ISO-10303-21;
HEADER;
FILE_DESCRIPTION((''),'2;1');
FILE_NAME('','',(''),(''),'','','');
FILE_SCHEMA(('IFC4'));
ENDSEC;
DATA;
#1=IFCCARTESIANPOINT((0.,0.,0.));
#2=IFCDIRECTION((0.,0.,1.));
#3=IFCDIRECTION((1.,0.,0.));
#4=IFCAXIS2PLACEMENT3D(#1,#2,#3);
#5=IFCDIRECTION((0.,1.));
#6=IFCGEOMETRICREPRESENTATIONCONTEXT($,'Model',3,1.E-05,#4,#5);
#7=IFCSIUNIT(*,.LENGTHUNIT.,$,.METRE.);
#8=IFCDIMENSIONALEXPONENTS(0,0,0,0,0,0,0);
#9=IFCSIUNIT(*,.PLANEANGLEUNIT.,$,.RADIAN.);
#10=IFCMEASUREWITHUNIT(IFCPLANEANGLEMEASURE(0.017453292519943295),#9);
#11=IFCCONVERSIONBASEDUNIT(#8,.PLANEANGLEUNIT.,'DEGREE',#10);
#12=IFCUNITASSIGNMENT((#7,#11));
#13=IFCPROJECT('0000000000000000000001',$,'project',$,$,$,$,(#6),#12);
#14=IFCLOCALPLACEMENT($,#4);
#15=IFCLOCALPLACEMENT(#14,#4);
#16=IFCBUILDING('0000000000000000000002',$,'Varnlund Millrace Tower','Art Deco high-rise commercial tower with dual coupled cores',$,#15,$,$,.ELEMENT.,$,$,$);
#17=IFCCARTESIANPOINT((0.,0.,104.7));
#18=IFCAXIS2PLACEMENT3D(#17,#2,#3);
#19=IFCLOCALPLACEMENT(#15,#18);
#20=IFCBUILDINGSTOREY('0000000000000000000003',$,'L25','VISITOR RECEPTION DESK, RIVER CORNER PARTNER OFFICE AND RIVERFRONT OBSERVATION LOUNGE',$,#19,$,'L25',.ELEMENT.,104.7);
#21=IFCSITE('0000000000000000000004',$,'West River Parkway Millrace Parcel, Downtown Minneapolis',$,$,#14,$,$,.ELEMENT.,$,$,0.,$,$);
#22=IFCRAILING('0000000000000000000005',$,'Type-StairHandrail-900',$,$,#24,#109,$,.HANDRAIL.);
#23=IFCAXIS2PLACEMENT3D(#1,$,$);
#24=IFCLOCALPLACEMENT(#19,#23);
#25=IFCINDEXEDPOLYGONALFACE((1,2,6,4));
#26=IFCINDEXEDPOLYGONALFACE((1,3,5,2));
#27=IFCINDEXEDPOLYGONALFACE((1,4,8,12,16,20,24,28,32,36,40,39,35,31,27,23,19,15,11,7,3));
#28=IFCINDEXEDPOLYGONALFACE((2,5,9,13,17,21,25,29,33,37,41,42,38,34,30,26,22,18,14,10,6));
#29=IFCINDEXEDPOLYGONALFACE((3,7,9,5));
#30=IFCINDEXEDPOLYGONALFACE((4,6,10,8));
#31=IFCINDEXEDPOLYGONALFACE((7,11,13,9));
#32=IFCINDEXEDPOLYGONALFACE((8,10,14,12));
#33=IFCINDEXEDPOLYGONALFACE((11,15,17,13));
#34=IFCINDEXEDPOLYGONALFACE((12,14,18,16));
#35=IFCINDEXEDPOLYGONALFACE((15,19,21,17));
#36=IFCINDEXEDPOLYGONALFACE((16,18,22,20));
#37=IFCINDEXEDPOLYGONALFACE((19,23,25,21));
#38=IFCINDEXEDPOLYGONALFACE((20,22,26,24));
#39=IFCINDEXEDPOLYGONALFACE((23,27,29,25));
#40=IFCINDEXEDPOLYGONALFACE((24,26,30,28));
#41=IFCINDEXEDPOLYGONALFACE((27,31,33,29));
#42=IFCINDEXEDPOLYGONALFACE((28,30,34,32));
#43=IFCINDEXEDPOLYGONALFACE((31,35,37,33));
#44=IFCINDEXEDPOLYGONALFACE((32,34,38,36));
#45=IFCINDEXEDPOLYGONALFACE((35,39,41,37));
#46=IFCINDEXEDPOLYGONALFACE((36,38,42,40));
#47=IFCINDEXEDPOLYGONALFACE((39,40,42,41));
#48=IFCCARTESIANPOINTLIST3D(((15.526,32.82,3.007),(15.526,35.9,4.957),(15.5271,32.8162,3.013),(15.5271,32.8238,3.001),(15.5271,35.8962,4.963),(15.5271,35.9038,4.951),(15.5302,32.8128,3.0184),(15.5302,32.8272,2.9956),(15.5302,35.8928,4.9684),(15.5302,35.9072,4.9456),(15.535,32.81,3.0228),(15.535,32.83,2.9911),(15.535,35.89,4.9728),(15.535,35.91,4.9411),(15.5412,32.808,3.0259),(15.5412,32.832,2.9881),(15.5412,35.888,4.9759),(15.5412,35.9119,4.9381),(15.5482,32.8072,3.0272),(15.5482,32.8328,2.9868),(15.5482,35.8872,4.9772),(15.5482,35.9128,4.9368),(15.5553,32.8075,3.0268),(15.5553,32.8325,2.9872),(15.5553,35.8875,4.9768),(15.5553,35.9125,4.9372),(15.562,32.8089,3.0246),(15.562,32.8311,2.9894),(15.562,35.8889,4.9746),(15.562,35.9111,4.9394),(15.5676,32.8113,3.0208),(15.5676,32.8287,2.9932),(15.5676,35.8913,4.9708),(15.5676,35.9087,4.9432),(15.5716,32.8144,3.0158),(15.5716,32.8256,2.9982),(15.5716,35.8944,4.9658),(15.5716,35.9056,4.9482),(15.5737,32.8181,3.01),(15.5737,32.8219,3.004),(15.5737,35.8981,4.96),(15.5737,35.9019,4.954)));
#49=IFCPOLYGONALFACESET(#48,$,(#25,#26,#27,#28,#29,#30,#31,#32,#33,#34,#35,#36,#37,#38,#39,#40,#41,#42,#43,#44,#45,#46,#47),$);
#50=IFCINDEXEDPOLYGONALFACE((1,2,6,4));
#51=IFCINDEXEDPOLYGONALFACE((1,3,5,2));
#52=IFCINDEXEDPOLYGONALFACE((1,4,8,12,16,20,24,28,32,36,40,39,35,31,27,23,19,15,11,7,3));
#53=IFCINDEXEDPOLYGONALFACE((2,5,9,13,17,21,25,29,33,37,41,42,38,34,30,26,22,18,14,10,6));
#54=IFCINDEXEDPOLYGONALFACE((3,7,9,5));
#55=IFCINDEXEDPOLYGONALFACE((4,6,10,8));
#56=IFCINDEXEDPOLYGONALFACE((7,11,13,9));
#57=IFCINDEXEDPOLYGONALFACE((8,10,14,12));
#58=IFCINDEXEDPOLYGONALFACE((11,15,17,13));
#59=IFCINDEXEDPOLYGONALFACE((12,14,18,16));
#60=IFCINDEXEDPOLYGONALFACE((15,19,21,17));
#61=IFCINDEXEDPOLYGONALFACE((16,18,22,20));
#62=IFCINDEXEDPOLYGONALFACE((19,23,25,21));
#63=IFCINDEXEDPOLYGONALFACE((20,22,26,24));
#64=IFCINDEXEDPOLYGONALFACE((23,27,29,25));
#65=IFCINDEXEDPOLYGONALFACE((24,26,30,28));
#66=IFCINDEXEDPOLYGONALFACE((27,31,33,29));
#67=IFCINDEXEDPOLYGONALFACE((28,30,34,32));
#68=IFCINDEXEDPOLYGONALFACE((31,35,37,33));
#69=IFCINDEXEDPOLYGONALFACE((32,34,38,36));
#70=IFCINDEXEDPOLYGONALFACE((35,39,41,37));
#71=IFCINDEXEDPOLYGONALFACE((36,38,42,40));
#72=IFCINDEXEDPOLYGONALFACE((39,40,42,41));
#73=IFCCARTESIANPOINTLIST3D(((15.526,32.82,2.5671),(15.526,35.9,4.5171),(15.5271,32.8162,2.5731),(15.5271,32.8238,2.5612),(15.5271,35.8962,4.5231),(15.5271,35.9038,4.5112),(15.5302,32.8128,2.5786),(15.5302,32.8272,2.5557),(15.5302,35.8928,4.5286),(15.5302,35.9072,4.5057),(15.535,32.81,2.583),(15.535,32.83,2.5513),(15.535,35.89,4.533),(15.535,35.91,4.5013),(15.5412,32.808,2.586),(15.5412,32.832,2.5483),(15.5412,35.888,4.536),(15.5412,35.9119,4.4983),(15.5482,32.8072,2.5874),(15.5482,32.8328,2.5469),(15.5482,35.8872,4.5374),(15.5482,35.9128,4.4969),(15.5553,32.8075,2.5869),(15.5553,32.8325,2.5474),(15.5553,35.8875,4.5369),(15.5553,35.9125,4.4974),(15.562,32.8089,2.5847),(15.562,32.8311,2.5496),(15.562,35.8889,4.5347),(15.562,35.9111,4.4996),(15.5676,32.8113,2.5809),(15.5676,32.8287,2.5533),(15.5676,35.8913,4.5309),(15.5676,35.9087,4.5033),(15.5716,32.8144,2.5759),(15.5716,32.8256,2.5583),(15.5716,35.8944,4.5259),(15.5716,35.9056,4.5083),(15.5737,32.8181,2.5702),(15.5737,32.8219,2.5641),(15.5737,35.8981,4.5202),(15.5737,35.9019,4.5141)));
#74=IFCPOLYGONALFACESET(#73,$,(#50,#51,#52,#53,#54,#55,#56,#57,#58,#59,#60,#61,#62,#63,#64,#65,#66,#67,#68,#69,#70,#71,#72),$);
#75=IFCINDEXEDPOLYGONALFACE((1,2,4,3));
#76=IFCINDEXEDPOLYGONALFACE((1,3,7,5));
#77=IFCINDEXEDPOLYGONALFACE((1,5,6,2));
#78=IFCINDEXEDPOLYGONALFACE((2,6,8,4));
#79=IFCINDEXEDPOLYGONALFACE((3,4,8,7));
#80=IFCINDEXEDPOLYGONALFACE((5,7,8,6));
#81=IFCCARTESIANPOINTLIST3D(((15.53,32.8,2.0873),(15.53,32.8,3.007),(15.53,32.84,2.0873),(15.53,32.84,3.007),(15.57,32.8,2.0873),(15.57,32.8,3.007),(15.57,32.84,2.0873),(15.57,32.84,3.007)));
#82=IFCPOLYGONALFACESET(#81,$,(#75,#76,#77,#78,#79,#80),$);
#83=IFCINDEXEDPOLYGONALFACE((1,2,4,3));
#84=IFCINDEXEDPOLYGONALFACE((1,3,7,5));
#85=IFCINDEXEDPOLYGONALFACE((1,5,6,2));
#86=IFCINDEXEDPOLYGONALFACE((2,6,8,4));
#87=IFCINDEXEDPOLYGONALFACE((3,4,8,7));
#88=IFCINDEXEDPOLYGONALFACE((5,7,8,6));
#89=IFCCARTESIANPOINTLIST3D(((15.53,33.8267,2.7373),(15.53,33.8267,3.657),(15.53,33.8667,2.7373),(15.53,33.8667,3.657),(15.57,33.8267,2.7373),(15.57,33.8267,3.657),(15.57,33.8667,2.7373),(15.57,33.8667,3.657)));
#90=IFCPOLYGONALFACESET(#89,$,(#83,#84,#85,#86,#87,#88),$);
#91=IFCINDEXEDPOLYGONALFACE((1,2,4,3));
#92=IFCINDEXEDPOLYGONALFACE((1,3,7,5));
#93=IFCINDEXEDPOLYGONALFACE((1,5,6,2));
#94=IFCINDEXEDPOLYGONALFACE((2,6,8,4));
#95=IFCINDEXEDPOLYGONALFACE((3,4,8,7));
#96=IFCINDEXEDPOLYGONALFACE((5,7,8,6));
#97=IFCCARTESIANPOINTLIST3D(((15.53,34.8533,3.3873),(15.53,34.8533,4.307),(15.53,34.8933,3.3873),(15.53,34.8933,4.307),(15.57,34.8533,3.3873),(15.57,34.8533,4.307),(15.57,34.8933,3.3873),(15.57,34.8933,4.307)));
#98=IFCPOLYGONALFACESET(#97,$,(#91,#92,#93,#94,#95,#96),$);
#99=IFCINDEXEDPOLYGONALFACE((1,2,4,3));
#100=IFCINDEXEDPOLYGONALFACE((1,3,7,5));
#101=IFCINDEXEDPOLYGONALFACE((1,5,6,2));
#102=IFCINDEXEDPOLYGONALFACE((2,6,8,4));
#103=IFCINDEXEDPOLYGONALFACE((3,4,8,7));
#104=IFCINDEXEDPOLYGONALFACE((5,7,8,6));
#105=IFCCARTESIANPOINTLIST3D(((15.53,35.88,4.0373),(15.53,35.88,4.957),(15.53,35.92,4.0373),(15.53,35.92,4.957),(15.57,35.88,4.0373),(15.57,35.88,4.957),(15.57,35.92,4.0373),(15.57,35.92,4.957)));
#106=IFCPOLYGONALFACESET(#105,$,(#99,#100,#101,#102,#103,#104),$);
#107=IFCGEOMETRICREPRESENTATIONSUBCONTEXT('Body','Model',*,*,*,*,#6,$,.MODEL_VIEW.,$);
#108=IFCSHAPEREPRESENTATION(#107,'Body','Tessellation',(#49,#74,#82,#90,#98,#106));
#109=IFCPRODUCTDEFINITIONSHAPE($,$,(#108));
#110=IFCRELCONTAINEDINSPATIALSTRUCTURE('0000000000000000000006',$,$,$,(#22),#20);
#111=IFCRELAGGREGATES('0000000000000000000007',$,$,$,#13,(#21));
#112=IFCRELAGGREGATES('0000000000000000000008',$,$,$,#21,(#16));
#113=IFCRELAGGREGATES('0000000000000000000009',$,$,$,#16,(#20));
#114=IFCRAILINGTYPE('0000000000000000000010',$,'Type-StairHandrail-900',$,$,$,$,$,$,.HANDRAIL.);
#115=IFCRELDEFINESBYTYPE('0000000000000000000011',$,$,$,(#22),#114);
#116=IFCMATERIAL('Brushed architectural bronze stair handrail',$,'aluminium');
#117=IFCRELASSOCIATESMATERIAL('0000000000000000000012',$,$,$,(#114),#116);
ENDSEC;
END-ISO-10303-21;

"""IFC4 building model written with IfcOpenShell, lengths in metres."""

from ifc_helpers import new_model, entity, si_unit, converted_unit, direction, frame, origin_with_axes, origin_2d_with_axis, place, context, subcontext, project, spatial, rectangle, circle, extrude, material, type_object, element, save


model = new_model("IFC4")

# Units and contexts
model_context = context("Model", 3, precision=1e-05, world=origin_with_axes(), true_north=direction((0.0, 1.0)))
body_context = subcontext(model_context, "Body", "Model", "MODEL_VIEW")
ifc_project = project(units=[si_unit("LENGTHUNIT", "METRE"), converted_unit("PLANEANGLEUNIT", "DEGREE", entity("IfcPlaneAngleMeasure", 0.017453292519943295), si_unit("PLANEANGLEUNIT", "RADIAN"), dimensions=[0, 0, 0, 0, 0, 0, 0])], contexts=[model_context])

# Site, building, storey
site_placement = place(None, origin_with_axes())
site = spatial("IfcSite", under=ifc_project, at=site_placement, Name="West River Parkway Millrace Parcel, Downtown Minneapolis", CompositionType="ELEMENT", RefElevation=0.0)
building_placement = place(site_placement, origin_with_axes())
building = spatial("IfcBuilding", under=site, at=building_placement, Name="Varnlund Millrace Tower", Description="Art Deco high-rise commercial tower with dual coupled cores", CompositionType="ELEMENT")
storey_placement = place(building_placement, frame((0.0, 0.0, 104.7), z_axis=(0.0, 0.0, 1.0), x_axis=(1.0, 0.0, 0.0)))
storey = spatial("IfcBuildingStorey", under=building, at=storey_placement, Name="L25", Description="VISITOR RECEPTION DESK, RIVER CORNER PARTNER OFFICE AND RIVERFRONT OBSERVATION LOUNGE", LongName="L25", CompositionType="ELEMENT", Elevation=104.7)

# Railing
ifc_material_1 = material(Name="Brushed architectural bronze stair handrail", Category="aluminium")
railing_type_1 = type_object("IfcRailingType", Name="Type-StairHandrail-900", PredefinedType="HANDRAIL", material=ifc_material_1)
railing_1_placement = place(storey_placement, frame((0.0, 0.0, -104.7), z_axis=(0.0, 0.0, 1.0), x_axis=(1.0, 0.0, 0.0)))
element("IfcRailing", 1, at=railing_1_placement, inside=storey, type_object=railing_type_1, Name="Type-StairHandrail-900", PredefinedType="HANDRAIL", context=body_context, shape_type="SweptSolid", body=[
    extrude(circle(Radius=0.024, at=origin_2d_with_axis()), frame((15.55, 32.82, 107.707), z_axis=(0.0, 0.844902, 0.534922), x_axis=(-1.0, 0.0, 0.0)), (0.0, 0.0, 1.0), 3.6454),
    extrude(circle(Radius=0.024, at=origin_2d_with_axis()), frame((15.55, 32.82, 107.2671), z_axis=(0.0, 0.844902, 0.534922), x_axis=(-1.0, 0.0, 0.0)), (0.0, 0.0, 1.0), 3.6454),
    extrude(rectangle(XDim=0.04, YDim=0.04, at=origin_2d_with_axis()), frame((15.55, 32.82, 106.7873), z_axis=(0.0, 0.0, 1.0), x_axis=(1.0, 0.0, 0.0)), (0.0, 0.0, 1.0), 0.9197),
    extrude(rectangle(XDim=0.04, YDim=0.04, at=origin_2d_with_axis()), frame((15.55, 33.8467, 107.4373), z_axis=(0.0, 0.0, 1.0), x_axis=(1.0, 0.0, 0.0)), (0.0, 0.0, 1.0), 0.9197),
    extrude(rectangle(XDim=0.04, YDim=0.04, at=origin_2d_with_axis()), frame((15.55, 34.8733, 108.0873), z_axis=(0.0, 0.0, 1.0), x_axis=(1.0, 0.0, 0.0)), (0.0, 0.0, 1.0), 0.9197),
    extrude(rectangle(XDim=0.04, YDim=0.04, at=origin_2d_with_axis()), frame((15.55, 35.9, 108.7373), z_axis=(0.0, 0.0, 1.0), x_axis=(1.0, 0.0, 0.0)), (0.0, 0.0, 1.0), 0.9197),
])

save(model, "model.ifc")
